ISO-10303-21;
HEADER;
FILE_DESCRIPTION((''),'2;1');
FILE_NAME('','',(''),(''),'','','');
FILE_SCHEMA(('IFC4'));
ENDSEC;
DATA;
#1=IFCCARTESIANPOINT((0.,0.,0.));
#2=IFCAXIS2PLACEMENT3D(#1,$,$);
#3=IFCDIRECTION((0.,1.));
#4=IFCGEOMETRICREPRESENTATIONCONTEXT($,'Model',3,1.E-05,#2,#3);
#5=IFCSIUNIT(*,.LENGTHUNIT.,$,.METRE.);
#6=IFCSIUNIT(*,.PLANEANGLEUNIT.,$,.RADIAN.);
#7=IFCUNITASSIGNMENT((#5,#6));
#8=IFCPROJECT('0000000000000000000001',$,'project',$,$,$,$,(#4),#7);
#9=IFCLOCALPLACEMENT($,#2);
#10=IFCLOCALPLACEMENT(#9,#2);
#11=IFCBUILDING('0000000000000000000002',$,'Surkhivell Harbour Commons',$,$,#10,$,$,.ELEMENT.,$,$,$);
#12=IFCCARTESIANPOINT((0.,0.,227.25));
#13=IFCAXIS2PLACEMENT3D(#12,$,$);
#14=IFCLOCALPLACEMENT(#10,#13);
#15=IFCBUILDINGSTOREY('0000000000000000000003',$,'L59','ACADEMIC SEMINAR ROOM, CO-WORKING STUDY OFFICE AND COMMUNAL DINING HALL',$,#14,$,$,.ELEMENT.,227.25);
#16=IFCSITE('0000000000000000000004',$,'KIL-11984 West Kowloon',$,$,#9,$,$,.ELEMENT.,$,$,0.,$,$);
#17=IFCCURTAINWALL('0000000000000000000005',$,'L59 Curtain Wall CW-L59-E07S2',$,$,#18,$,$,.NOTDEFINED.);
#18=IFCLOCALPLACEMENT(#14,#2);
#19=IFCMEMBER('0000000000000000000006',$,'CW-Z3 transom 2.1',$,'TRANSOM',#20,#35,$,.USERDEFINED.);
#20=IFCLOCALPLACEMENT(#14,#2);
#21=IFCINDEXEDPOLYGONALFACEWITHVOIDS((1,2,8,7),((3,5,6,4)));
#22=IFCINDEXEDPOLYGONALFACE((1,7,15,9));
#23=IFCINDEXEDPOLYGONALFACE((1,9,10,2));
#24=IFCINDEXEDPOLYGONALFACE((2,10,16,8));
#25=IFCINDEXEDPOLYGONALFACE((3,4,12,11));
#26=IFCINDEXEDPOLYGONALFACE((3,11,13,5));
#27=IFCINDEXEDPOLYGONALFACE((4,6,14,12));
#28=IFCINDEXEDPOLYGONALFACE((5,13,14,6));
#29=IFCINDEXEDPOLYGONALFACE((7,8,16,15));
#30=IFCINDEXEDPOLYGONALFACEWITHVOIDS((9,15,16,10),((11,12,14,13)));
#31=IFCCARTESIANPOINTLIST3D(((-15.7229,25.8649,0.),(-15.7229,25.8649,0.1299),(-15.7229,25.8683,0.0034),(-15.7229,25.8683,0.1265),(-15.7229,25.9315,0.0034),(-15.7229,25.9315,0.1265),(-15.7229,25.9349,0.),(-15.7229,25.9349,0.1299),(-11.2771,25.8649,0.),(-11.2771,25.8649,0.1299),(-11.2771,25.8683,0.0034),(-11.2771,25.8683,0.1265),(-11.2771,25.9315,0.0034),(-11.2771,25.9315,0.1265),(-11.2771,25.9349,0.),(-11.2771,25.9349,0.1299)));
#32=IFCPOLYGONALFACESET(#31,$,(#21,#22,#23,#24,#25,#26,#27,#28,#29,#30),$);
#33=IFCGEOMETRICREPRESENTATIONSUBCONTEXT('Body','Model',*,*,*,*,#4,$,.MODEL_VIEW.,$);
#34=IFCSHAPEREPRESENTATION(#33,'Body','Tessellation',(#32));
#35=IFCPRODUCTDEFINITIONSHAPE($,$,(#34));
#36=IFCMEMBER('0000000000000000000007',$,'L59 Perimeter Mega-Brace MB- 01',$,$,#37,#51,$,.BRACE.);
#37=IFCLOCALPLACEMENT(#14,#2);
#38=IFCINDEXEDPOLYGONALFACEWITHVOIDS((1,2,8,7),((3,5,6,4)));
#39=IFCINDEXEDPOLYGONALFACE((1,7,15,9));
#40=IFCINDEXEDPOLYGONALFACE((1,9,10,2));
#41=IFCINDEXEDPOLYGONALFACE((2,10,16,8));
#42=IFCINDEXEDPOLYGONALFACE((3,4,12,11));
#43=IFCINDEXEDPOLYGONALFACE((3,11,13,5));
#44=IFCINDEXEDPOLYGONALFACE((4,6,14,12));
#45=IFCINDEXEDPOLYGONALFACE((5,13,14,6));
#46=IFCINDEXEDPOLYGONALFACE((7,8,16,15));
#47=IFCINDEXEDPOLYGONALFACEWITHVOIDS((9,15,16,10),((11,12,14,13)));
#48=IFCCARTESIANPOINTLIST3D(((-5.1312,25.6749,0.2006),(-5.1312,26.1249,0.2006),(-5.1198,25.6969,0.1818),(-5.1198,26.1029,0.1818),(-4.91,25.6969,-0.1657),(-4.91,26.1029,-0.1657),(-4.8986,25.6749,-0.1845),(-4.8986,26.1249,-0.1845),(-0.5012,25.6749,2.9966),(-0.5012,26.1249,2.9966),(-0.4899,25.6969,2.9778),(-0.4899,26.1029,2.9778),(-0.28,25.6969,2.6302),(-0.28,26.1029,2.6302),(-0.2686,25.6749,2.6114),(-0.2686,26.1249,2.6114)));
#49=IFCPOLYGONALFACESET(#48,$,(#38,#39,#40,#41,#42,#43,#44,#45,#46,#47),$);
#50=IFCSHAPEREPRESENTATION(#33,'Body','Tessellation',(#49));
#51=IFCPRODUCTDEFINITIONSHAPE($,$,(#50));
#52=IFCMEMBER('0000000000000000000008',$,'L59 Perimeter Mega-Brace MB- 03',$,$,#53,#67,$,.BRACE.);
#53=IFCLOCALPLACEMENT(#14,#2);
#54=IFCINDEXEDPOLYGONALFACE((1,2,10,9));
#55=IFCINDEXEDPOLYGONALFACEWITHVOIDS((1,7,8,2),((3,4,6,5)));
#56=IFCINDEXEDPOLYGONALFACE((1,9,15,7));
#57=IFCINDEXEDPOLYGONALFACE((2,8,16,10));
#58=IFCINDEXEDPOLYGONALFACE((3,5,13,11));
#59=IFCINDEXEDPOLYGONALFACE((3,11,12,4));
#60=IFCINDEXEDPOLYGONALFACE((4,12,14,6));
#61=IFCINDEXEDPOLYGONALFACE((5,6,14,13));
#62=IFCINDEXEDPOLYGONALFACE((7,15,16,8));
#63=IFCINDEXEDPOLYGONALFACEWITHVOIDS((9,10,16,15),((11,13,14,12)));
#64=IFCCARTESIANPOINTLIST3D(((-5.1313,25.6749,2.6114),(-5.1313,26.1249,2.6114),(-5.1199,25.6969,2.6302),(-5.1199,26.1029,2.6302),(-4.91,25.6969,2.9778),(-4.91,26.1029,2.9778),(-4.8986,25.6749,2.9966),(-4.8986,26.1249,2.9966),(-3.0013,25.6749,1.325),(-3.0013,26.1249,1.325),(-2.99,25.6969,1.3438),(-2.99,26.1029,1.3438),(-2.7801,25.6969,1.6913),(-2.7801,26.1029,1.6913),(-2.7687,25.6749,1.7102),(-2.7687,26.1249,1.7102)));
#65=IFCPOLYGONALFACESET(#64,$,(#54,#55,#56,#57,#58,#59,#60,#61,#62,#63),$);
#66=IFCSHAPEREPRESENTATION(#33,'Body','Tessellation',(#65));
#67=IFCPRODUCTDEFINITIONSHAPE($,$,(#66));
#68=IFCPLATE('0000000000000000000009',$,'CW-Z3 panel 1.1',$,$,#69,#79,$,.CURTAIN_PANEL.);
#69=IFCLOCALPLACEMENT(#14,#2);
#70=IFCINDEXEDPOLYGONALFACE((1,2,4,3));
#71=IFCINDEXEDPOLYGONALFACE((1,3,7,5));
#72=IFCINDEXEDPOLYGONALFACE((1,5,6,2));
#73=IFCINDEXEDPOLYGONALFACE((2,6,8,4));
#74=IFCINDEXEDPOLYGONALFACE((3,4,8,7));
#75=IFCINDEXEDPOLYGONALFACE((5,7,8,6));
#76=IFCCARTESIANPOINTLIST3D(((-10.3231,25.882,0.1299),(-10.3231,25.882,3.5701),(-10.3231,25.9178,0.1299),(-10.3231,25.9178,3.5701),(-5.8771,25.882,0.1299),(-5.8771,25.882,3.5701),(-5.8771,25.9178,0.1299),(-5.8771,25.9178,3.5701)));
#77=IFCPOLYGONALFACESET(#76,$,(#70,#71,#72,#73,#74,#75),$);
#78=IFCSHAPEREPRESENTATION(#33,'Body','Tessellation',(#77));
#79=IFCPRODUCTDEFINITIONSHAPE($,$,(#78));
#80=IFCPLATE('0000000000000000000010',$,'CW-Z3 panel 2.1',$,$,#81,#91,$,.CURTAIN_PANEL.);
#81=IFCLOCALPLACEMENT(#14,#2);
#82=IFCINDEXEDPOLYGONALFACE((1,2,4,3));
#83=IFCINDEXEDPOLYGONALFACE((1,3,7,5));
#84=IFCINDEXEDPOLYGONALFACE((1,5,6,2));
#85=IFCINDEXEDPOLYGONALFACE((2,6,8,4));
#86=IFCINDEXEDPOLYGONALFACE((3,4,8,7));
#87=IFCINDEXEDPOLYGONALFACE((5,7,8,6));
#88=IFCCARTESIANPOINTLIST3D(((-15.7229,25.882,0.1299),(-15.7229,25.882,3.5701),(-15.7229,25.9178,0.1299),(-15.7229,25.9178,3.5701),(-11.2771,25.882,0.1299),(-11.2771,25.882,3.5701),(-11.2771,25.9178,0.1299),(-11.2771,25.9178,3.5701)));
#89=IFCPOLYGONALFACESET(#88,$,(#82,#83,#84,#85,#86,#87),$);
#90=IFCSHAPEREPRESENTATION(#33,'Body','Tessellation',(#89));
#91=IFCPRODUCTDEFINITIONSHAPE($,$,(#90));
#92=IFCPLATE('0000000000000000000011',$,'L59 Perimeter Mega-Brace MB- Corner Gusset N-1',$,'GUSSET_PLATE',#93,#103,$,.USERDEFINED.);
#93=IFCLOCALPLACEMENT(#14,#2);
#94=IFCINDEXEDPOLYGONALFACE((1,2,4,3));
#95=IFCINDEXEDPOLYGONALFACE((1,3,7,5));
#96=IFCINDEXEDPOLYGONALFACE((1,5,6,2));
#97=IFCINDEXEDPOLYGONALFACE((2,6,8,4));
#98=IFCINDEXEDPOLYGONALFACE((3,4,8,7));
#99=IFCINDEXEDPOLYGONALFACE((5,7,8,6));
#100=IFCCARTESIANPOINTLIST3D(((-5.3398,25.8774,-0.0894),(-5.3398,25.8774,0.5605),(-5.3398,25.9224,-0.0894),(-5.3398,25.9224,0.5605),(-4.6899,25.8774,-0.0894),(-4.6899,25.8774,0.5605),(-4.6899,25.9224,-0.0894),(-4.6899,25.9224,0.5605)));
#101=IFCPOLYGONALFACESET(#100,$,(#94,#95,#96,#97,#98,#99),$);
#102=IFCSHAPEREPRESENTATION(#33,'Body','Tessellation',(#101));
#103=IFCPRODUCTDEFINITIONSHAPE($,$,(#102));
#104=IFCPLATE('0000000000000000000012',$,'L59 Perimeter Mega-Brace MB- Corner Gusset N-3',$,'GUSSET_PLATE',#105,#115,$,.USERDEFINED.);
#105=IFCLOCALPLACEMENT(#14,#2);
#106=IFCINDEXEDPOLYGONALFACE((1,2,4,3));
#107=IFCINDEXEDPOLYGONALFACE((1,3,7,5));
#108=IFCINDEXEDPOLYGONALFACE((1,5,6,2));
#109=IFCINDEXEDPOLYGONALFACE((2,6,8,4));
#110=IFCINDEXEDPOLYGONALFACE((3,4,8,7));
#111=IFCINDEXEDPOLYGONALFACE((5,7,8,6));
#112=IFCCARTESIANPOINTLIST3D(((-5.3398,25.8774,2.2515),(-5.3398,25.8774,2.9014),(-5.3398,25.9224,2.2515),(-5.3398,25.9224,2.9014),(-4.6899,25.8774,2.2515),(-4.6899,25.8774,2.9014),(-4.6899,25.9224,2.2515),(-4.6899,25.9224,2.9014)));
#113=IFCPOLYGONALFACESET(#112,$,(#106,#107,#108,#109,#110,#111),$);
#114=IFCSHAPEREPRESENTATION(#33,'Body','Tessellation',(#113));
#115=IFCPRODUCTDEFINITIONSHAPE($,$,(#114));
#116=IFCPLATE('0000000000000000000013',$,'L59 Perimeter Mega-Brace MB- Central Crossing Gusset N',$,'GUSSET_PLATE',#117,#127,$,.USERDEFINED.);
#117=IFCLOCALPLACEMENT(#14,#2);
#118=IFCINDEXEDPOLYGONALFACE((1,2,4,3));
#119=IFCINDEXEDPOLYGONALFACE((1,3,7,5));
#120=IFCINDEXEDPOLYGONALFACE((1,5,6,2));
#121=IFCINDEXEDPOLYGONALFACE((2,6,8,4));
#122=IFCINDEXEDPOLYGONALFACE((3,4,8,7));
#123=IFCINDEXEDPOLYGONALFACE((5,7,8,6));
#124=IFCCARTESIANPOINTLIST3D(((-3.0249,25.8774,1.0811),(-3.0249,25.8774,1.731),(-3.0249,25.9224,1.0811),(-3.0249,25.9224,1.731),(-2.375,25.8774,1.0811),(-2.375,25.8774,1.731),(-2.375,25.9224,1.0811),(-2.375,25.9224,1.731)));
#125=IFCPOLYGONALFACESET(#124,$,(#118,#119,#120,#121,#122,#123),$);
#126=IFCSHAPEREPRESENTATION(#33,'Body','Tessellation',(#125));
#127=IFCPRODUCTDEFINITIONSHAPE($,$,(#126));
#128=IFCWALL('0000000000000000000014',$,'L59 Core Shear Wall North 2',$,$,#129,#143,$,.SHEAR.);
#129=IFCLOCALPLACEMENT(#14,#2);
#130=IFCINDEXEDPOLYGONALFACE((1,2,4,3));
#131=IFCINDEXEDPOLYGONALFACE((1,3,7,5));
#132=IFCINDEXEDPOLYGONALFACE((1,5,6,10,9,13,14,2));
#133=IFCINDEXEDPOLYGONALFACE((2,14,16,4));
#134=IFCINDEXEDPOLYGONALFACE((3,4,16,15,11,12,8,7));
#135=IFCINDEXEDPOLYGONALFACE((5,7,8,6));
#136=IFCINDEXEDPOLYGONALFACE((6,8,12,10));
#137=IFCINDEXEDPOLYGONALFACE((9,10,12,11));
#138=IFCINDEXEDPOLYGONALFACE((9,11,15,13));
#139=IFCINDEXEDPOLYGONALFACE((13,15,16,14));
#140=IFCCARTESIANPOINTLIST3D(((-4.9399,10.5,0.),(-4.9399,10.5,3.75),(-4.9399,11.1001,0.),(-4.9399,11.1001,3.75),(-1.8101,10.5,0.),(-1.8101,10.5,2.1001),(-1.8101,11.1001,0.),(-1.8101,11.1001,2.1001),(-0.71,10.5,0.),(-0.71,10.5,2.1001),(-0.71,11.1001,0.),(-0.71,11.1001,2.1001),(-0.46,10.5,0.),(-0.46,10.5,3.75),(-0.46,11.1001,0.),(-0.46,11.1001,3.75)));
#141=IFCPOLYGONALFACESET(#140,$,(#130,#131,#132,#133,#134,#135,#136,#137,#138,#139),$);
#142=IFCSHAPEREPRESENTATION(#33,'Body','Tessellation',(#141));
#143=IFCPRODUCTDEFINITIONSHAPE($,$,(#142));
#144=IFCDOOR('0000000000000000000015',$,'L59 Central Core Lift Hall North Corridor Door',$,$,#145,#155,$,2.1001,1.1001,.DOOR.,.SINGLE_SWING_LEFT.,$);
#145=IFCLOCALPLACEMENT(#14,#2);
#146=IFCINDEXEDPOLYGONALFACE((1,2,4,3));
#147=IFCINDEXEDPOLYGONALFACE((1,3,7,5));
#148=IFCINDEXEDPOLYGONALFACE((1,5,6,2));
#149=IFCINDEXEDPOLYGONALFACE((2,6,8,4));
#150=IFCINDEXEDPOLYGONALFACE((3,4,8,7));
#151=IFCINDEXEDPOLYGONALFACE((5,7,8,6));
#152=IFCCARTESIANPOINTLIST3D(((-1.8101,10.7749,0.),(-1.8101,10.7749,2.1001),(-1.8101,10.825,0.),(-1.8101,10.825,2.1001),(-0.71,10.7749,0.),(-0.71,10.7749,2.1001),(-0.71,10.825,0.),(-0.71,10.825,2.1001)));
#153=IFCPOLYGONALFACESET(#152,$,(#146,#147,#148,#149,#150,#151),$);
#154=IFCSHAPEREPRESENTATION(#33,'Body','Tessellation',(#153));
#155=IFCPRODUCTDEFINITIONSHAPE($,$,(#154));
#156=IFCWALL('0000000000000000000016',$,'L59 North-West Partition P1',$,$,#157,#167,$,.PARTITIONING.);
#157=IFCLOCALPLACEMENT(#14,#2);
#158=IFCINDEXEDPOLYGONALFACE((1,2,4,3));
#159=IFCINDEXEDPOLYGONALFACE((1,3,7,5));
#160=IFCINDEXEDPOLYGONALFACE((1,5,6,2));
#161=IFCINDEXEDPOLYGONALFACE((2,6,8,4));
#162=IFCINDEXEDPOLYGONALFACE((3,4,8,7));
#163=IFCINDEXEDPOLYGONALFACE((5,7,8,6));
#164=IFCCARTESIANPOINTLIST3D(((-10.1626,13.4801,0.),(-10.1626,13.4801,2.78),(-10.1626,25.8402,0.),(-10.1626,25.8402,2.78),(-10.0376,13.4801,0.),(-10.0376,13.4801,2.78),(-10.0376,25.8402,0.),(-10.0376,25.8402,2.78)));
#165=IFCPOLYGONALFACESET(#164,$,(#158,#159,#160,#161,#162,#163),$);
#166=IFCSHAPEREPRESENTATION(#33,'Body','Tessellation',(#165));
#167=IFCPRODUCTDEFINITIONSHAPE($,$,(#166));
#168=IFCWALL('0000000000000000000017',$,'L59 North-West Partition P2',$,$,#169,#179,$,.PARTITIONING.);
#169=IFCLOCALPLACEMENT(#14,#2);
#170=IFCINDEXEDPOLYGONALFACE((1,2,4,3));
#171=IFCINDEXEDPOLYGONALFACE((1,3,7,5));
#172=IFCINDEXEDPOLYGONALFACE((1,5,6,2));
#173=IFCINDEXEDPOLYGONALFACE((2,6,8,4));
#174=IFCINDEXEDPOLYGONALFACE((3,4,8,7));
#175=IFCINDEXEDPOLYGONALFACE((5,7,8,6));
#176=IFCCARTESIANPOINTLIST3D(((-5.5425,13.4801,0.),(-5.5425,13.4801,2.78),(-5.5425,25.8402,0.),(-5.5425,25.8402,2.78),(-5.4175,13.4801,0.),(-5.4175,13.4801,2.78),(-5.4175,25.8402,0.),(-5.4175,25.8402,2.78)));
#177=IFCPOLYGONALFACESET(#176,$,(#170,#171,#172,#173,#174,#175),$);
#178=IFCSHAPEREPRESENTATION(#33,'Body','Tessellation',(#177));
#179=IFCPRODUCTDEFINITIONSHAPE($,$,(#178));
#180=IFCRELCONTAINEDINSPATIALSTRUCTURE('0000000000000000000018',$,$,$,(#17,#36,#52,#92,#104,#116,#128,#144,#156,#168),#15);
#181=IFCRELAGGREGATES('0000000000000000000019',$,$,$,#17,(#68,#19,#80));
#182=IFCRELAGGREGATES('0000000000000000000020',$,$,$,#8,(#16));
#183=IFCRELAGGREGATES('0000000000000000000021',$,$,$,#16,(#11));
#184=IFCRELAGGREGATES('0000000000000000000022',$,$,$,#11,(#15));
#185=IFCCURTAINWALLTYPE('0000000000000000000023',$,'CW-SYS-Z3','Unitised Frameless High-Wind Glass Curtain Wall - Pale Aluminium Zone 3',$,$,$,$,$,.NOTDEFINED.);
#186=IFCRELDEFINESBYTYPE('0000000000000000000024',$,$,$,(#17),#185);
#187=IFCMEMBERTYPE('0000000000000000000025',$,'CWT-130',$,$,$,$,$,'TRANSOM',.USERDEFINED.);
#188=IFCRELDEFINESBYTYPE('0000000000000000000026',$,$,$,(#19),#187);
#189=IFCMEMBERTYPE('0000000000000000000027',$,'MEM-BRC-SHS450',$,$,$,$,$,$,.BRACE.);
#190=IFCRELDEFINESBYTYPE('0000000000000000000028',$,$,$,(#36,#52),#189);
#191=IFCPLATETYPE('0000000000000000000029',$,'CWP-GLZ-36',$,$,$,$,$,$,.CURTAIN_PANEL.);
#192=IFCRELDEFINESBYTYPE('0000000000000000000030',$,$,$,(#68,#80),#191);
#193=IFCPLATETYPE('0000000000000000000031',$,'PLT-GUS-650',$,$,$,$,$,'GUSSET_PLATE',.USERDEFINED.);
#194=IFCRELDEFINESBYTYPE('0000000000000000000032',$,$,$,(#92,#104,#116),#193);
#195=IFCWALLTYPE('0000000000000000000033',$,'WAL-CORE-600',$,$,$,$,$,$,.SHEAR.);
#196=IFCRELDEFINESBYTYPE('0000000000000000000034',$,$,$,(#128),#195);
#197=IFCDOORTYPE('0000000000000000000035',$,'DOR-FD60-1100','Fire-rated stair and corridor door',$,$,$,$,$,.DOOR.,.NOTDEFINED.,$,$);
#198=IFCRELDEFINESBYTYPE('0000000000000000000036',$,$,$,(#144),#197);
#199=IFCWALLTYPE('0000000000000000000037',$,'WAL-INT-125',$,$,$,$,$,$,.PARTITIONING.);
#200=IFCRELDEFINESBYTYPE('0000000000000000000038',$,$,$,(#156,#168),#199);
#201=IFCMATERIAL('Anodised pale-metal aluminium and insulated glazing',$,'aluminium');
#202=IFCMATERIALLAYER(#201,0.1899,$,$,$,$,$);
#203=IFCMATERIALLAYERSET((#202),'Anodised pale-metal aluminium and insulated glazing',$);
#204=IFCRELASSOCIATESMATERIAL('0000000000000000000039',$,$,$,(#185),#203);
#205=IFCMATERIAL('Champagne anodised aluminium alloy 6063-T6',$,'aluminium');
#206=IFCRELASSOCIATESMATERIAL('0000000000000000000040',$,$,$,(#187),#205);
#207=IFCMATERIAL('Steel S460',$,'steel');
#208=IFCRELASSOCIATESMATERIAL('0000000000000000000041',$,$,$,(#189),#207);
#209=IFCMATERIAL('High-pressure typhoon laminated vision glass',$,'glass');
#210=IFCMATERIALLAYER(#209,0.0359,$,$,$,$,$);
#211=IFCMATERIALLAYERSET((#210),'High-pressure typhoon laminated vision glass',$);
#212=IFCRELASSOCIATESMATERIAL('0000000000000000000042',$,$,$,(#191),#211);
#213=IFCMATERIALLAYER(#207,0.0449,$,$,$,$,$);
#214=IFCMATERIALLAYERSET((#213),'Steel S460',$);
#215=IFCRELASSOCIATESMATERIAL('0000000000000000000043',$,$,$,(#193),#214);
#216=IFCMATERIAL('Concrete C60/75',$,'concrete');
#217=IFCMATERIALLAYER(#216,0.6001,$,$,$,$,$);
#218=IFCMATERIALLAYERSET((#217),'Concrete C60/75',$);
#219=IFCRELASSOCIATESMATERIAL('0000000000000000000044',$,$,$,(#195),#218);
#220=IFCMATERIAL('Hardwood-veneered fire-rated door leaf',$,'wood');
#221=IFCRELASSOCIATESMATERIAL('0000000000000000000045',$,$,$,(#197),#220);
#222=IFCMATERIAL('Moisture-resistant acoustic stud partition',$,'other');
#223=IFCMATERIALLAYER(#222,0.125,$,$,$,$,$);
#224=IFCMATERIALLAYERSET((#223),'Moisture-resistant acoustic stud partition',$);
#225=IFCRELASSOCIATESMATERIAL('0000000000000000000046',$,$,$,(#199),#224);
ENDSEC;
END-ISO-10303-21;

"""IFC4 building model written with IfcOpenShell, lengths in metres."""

from ifc_helpers import new_model, si_unit, direction, frame, frame_2d, origin, origin_2d, place, context, subcontext, project, spatial, rectangle, hollow_rectangle, extrude, material, layer, layer_set, material_profile, profile_set, type_object, element, fill, aggregate, save


model = new_model("IFC4")

# Units and contexts
model_context = context("Model", 3, precision=1e-05, world=origin(), true_north=direction((0.0, 1.0)))
body_context = subcontext(model_context, "Body", "Model", "MODEL_VIEW")
ifc_project = project(units=[si_unit("LENGTHUNIT", "METRE"), si_unit("PLANEANGLEUNIT", "RADIAN")], contexts=[model_context])

# Site, building, storey
site_placement = place(None, origin())
site = spatial("IfcSite", under=ifc_project, at=site_placement, Name="KIL-11984 West Kowloon", CompositionType="ELEMENT", RefElevation=0.0)
building_placement = place(site_placement, origin())
building = spatial("IfcBuilding", under=site, at=building_placement, Name="Surkhivell Harbour Commons", CompositionType="ELEMENT")
storey_placement = place(building_placement, frame((0.0, 0.0, 227.25)))
storey = spatial("IfcBuildingStorey", under=building, at=storey_placement, Name="L59", Description="ACADEMIC SEMINAR ROOM, CO-WORKING STUDY OFFICE AND COMMUNAL DINING HALL", CompositionType="ELEMENT", Elevation=227.25)

# Curtain wall, member
ifc_material_1 = material(Name="Anodised pale-metal aluminium and insulated glazing", Category="aluminium")
ifc_layer_1 = layer(ifc_material_1, 0.1899)
ifc_layer_set_1 = layer_set([ifc_layer_1], Name="Anodised pale-metal aluminium and insulated glazing")
curtain_wall_type = type_object("IfcCurtainWallType", Name="CW-SYS-Z3", Description="Unitised Frameless High-Wind Glass Curtain Wall - Pale Aluminium Zone 3", PredefinedType="NOTDEFINED", material=ifc_layer_set_1)
curtain_wall_placement = place(storey_placement, origin())
curtain_wall = element("IfcCurtainWall", 1, at=curtain_wall_placement, inside=storey, type_object=curtain_wall_type, Name="L59 Curtain Wall CW-L59-E07S2", PredefinedType="NOTDEFINED")
ifc_material_2 = material(Name="Champagne anodised aluminium alloy 6063-T6", Category="aluminium")
ifc_material_profile_1 = material_profile(ifc_material_2, hollow_rectangle(XDim=0.0701, YDim=0.1299, WallThickness=0.0034, at=origin_2d()), Name="ALU-TRAN-70x130")
ifc_profile_set_1 = profile_set([ifc_material_profile_1], Name="Champagne anodised aluminium alloy 6063-T6")
member_type_1 = type_object("IfcMemberType", Name="CWT-130", ElementType="TRANSOM", PredefinedType="USERDEFINED", material=ifc_profile_set_1)
member_1_placement = place(storey_placement, frame((-11.2771, 25.8999, 0.0649), z_axis=(-1.0, 0.0, 0.0), x_axis=(0.0, -1.0, 0.0)))
member_1 = element("IfcMember", 2, at=member_1_placement, type_object=member_type_1, Name="CW-Z3 transom 2.1", ObjectType="TRANSOM", PredefinedType="USERDEFINED", context=body_context, shape_type="SweptSolid", body=[
    extrude(hollow_rectangle(XDim=0.0701, YDim=0.1299, WallThickness=0.0034, at=origin_2d()), origin(), (0.0, 0.0, 1.0), 4.4458),
])

# Members
ifc_material_3 = material(Name="Steel S460", Category="steel")
ifc_material_profile_2 = material_profile(ifc_material_3, hollow_rectangle(XDim=0.45, YDim=0.45, WallThickness=0.022, at=origin_2d()), Name="SHS450x450x22")
ifc_profile_set_2 = profile_set([ifc_material_profile_2], Name="Steel S460")
member_type_2 = type_object("IfcMemberType", Name="MEM-BRC-SHS450", PredefinedType="BRACE", material=ifc_profile_set_2)
member_2_placement = place(storey_placement, frame((-5.0149, 25.8999, 0.0081), z_axis=(0.856024, 0.0, 0.516937), x_axis=(0.0, 1.0, 0.0)))
element("IfcMember", 3, at=member_2_placement, inside=storey, type_object=member_type_2, Name="L59 Perimeter Mega-Brace MB- 01", PredefinedType="BRACE", context=body_context, shape_type="SweptSolid", body=[
    extrude(hollow_rectangle(XDim=0.45, YDim=0.45, WallThickness=0.022, at=origin_2d()), origin(), (0.0, 0.0, 1.0), 5.4087),
])
member_3_placement = place(storey_placement, frame((-2.885, 25.8999, 1.5176), z_axis=(-0.855992, 0.0, 0.51699), x_axis=(0.0, -1.0, 0.0)))
element("IfcMember", 4, at=member_3_placement, inside=storey, type_object=member_type_2, Name="L59 Perimeter Mega-Brace MB- 03", PredefinedType="BRACE", context=body_context, shape_type="SweptSolid", body=[
    extrude(hollow_rectangle(XDim=0.45, YDim=0.45, WallThickness=0.022, at=origin_2d()), origin(), (0.0, 0.0, 1.0), 2.4883),
])

# Plates
ifc_material_4 = material(Name="High-pressure typhoon laminated vision glass", Category="glass")
ifc_layer_2 = layer(ifc_material_4, 0.0359)
ifc_layer_set_2 = layer_set([ifc_layer_2], Name="High-pressure typhoon laminated vision glass")
plate_type_1 = type_object("IfcPlateType", Name="CWP-GLZ-36", PredefinedType="CURTAIN_PANEL", material=ifc_layer_set_2)
plate_1_placement = place(storey_placement, frame((-5.877, 25.8999, 0.1299), z_axis=(0.0, 0.0, 1.0), x_axis=(-1.0, 0.0, 0.0)))
plate_1 = element("IfcPlate", 5, at=plate_1_placement, type_object=plate_type_1, Name="CW-Z3 panel 1.1", PredefinedType="CURTAIN_PANEL", context=body_context, shape_type="SweptSolid", body=[
    extrude(rectangle(XDim=4.446, YDim=0.0359, at=frame_2d((2.2231, 0.0))), origin(), (0.0, 0.0, 1.0), 3.4402),
])
plate_2_placement = place(storey_placement, frame((-11.2771, 25.8999, 0.1299), z_axis=(0.0, 0.0, 1.0), x_axis=(-1.0, 0.0, 0.0)))
plate_2 = element("IfcPlate", 6, at=plate_2_placement, type_object=plate_type_1, Name="CW-Z3 panel 2.1", PredefinedType="CURTAIN_PANEL", context=body_context, shape_type="SweptSolid", body=[
    extrude(rectangle(XDim=4.4458, YDim=0.0359, at=frame_2d((2.2229, 0.0))), origin(), (0.0, 0.0, 1.0), 3.4402),
])
aggregate(curtain_wall, [plate_1, member_1, plate_2])

# Plates
ifc_layer_3 = layer(ifc_material_3, 0.0449)
ifc_layer_set_3 = layer_set([ifc_layer_3], Name="Steel S460")
plate_type_2 = type_object("IfcPlateType", Name="PLT-GUS-650", ElementType="GUSSET_PLATE", PredefinedType="USERDEFINED", material=ifc_layer_set_3)
for number, where, z_axis, x_axis, name in (
    (7, (-5.0149, 25.8999, -0.0894), (0.0, 0.0, 1.0), (1.0, 0.0, 0.0), "L59 Perimeter Mega-Brace MB- Corner Gusset N-1"),
    (8, (-5.0149, 25.8999, 2.2515), (0.0, 0.0, 1.0), (1.0, 0.0, 0.0), "L59 Perimeter Mega-Brace MB- Corner Gusset N-3"),
    (9, (-2.7, 25.8999, 1.0811), (0.0, 0.0, 1.0), (1.0, 0.0, 0.0), "L59 Perimeter Mega-Brace MB- Central Crossing Gusset N"),
):
    element("IfcPlate", number, at=place(storey_placement, frame(where, z_axis=z_axis, x_axis=x_axis)), inside=storey, type_object=plate_type_2, Name=name, ObjectType="GUSSET_PLATE", PredefinedType="USERDEFINED", context=body_context, shape_type="SweptSolid", body=[
        extrude(rectangle(XDim=0.6499, YDim=0.0449, at=origin_2d()), origin(), (0.0, 0.0, 1.0), 0.6499),
    ])

# Wall, opening, door
ifc_material_5 = material(Name="Concrete C60/75", Category="concrete")
ifc_layer_4 = layer(ifc_material_5, 0.6001)
ifc_layer_set_4 = layer_set([ifc_layer_4], Name="Concrete C60/75")
wall_type_1 = type_object("IfcWallType", Name="WAL-CORE-600", PredefinedType="SHEAR", material=ifc_layer_set_4)
wall_1_placement = place(storey_placement, frame((-4.9399, 10.8, 0.0), z_axis=(0.0, 0.0, 1.0), x_axis=(1.0, 0.0, 0.0)))
wall_1 = element("IfcWall", 10, at=wall_1_placement, inside=storey, type_object=wall_type_1, Name="L59 Core Shear Wall North 2", PredefinedType="SHEAR", context=body_context, shape_type="SweptSolid", body=[
    extrude(rectangle(XDim=4.48, YDim=0.6001, at=frame_2d((2.24, 0.0))), origin(), (0.0, 0.0, 1.0), 3.75),
])
opening_1_placement = place(wall_1_placement, frame((3.1299, 0.0, 0.0)))
opening_1 = element("IfcOpeningElement", 11, at=opening_1_placement, cuts=wall_1, PredefinedType="OPENING", context=body_context, shape_type="SweptSolid", body=[
    extrude(rectangle(XDim=1.1001, YDim=2.1001, at=frame_2d((0.55, 1.05))), frame((0.0, 0.3101, 0.0), z_axis=(0.0, -1.0, 0.0), x_axis=(1.0, 0.0, 0.0)), (0.0, 0.0, 1.0), 0.6201),
])
ifc_material_6 = material(Name="Hardwood-veneered fire-rated door leaf", Category="wood")
door_type_1 = type_object("IfcDoorType", Name="DOR-FD60-1100", Description="Fire-rated stair and corridor door", OperationType="NOTDEFINED", PredefinedType="DOOR", material=ifc_material_6)
door_1_placement = place(opening_1_placement, origin())
door_1 = element("IfcDoor", 12, at=door_1_placement, inside=storey, type_object=door_type_1, Name="L59 Central Core Lift Hall North Corridor Door", OperationType="SINGLE_SWING_LEFT", OverallHeight=2.1001, OverallWidth=1.1001, PredefinedType="DOOR", context=body_context, shape_type="SweptSolid", body=[
    extrude(rectangle(XDim=1.1001, YDim=2.1001, at=frame_2d((0.55, 1.05))), frame((0.0, 0.0249, 0.0), z_axis=(0.0, -1.0, 0.0), x_axis=(1.0, 0.0, 0.0)), (0.0, 0.0, 1.0), 0.05),
])
fill(opening_1, door_1)

# Walls
ifc_material_7 = material(Name="Moisture-resistant acoustic stud partition", Category="other")
ifc_layer_5 = layer(ifc_material_7, 0.125)
ifc_layer_set_5 = layer_set([ifc_layer_5], Name="Moisture-resistant acoustic stud partition")
wall_type_2 = type_object("IfcWallType", Name="WAL-INT-125", PredefinedType="PARTITIONING", material=ifc_layer_set_5)
for number, where, z_axis, x_axis, name in (
    (13, (-10.1001, 13.48, 0.0), (0.0, 0.0, 1.0), (0.0, 1.0, 0.0), "L59 North-West Partition P1"),
    (14, (-5.48, 13.48, 0.0), (0.0, 0.0, 1.0), (0.0, 1.0, 0.0), "L59 North-West Partition P2"),
):
    element("IfcWall", number, at=place(storey_placement, frame(where, z_axis=z_axis, x_axis=x_axis)), inside=storey, type_object=wall_type_2, Name=name, PredefinedType="PARTITIONING", context=body_context, shape_type="SweptSolid", body=[
        extrude(rectangle(XDim=12.3601, YDim=0.125, at=frame_2d((6.1802, 0.0))), origin(), (0.0, 0.0, 1.0), 2.78),
    ])

save(model, "model.ifc")
